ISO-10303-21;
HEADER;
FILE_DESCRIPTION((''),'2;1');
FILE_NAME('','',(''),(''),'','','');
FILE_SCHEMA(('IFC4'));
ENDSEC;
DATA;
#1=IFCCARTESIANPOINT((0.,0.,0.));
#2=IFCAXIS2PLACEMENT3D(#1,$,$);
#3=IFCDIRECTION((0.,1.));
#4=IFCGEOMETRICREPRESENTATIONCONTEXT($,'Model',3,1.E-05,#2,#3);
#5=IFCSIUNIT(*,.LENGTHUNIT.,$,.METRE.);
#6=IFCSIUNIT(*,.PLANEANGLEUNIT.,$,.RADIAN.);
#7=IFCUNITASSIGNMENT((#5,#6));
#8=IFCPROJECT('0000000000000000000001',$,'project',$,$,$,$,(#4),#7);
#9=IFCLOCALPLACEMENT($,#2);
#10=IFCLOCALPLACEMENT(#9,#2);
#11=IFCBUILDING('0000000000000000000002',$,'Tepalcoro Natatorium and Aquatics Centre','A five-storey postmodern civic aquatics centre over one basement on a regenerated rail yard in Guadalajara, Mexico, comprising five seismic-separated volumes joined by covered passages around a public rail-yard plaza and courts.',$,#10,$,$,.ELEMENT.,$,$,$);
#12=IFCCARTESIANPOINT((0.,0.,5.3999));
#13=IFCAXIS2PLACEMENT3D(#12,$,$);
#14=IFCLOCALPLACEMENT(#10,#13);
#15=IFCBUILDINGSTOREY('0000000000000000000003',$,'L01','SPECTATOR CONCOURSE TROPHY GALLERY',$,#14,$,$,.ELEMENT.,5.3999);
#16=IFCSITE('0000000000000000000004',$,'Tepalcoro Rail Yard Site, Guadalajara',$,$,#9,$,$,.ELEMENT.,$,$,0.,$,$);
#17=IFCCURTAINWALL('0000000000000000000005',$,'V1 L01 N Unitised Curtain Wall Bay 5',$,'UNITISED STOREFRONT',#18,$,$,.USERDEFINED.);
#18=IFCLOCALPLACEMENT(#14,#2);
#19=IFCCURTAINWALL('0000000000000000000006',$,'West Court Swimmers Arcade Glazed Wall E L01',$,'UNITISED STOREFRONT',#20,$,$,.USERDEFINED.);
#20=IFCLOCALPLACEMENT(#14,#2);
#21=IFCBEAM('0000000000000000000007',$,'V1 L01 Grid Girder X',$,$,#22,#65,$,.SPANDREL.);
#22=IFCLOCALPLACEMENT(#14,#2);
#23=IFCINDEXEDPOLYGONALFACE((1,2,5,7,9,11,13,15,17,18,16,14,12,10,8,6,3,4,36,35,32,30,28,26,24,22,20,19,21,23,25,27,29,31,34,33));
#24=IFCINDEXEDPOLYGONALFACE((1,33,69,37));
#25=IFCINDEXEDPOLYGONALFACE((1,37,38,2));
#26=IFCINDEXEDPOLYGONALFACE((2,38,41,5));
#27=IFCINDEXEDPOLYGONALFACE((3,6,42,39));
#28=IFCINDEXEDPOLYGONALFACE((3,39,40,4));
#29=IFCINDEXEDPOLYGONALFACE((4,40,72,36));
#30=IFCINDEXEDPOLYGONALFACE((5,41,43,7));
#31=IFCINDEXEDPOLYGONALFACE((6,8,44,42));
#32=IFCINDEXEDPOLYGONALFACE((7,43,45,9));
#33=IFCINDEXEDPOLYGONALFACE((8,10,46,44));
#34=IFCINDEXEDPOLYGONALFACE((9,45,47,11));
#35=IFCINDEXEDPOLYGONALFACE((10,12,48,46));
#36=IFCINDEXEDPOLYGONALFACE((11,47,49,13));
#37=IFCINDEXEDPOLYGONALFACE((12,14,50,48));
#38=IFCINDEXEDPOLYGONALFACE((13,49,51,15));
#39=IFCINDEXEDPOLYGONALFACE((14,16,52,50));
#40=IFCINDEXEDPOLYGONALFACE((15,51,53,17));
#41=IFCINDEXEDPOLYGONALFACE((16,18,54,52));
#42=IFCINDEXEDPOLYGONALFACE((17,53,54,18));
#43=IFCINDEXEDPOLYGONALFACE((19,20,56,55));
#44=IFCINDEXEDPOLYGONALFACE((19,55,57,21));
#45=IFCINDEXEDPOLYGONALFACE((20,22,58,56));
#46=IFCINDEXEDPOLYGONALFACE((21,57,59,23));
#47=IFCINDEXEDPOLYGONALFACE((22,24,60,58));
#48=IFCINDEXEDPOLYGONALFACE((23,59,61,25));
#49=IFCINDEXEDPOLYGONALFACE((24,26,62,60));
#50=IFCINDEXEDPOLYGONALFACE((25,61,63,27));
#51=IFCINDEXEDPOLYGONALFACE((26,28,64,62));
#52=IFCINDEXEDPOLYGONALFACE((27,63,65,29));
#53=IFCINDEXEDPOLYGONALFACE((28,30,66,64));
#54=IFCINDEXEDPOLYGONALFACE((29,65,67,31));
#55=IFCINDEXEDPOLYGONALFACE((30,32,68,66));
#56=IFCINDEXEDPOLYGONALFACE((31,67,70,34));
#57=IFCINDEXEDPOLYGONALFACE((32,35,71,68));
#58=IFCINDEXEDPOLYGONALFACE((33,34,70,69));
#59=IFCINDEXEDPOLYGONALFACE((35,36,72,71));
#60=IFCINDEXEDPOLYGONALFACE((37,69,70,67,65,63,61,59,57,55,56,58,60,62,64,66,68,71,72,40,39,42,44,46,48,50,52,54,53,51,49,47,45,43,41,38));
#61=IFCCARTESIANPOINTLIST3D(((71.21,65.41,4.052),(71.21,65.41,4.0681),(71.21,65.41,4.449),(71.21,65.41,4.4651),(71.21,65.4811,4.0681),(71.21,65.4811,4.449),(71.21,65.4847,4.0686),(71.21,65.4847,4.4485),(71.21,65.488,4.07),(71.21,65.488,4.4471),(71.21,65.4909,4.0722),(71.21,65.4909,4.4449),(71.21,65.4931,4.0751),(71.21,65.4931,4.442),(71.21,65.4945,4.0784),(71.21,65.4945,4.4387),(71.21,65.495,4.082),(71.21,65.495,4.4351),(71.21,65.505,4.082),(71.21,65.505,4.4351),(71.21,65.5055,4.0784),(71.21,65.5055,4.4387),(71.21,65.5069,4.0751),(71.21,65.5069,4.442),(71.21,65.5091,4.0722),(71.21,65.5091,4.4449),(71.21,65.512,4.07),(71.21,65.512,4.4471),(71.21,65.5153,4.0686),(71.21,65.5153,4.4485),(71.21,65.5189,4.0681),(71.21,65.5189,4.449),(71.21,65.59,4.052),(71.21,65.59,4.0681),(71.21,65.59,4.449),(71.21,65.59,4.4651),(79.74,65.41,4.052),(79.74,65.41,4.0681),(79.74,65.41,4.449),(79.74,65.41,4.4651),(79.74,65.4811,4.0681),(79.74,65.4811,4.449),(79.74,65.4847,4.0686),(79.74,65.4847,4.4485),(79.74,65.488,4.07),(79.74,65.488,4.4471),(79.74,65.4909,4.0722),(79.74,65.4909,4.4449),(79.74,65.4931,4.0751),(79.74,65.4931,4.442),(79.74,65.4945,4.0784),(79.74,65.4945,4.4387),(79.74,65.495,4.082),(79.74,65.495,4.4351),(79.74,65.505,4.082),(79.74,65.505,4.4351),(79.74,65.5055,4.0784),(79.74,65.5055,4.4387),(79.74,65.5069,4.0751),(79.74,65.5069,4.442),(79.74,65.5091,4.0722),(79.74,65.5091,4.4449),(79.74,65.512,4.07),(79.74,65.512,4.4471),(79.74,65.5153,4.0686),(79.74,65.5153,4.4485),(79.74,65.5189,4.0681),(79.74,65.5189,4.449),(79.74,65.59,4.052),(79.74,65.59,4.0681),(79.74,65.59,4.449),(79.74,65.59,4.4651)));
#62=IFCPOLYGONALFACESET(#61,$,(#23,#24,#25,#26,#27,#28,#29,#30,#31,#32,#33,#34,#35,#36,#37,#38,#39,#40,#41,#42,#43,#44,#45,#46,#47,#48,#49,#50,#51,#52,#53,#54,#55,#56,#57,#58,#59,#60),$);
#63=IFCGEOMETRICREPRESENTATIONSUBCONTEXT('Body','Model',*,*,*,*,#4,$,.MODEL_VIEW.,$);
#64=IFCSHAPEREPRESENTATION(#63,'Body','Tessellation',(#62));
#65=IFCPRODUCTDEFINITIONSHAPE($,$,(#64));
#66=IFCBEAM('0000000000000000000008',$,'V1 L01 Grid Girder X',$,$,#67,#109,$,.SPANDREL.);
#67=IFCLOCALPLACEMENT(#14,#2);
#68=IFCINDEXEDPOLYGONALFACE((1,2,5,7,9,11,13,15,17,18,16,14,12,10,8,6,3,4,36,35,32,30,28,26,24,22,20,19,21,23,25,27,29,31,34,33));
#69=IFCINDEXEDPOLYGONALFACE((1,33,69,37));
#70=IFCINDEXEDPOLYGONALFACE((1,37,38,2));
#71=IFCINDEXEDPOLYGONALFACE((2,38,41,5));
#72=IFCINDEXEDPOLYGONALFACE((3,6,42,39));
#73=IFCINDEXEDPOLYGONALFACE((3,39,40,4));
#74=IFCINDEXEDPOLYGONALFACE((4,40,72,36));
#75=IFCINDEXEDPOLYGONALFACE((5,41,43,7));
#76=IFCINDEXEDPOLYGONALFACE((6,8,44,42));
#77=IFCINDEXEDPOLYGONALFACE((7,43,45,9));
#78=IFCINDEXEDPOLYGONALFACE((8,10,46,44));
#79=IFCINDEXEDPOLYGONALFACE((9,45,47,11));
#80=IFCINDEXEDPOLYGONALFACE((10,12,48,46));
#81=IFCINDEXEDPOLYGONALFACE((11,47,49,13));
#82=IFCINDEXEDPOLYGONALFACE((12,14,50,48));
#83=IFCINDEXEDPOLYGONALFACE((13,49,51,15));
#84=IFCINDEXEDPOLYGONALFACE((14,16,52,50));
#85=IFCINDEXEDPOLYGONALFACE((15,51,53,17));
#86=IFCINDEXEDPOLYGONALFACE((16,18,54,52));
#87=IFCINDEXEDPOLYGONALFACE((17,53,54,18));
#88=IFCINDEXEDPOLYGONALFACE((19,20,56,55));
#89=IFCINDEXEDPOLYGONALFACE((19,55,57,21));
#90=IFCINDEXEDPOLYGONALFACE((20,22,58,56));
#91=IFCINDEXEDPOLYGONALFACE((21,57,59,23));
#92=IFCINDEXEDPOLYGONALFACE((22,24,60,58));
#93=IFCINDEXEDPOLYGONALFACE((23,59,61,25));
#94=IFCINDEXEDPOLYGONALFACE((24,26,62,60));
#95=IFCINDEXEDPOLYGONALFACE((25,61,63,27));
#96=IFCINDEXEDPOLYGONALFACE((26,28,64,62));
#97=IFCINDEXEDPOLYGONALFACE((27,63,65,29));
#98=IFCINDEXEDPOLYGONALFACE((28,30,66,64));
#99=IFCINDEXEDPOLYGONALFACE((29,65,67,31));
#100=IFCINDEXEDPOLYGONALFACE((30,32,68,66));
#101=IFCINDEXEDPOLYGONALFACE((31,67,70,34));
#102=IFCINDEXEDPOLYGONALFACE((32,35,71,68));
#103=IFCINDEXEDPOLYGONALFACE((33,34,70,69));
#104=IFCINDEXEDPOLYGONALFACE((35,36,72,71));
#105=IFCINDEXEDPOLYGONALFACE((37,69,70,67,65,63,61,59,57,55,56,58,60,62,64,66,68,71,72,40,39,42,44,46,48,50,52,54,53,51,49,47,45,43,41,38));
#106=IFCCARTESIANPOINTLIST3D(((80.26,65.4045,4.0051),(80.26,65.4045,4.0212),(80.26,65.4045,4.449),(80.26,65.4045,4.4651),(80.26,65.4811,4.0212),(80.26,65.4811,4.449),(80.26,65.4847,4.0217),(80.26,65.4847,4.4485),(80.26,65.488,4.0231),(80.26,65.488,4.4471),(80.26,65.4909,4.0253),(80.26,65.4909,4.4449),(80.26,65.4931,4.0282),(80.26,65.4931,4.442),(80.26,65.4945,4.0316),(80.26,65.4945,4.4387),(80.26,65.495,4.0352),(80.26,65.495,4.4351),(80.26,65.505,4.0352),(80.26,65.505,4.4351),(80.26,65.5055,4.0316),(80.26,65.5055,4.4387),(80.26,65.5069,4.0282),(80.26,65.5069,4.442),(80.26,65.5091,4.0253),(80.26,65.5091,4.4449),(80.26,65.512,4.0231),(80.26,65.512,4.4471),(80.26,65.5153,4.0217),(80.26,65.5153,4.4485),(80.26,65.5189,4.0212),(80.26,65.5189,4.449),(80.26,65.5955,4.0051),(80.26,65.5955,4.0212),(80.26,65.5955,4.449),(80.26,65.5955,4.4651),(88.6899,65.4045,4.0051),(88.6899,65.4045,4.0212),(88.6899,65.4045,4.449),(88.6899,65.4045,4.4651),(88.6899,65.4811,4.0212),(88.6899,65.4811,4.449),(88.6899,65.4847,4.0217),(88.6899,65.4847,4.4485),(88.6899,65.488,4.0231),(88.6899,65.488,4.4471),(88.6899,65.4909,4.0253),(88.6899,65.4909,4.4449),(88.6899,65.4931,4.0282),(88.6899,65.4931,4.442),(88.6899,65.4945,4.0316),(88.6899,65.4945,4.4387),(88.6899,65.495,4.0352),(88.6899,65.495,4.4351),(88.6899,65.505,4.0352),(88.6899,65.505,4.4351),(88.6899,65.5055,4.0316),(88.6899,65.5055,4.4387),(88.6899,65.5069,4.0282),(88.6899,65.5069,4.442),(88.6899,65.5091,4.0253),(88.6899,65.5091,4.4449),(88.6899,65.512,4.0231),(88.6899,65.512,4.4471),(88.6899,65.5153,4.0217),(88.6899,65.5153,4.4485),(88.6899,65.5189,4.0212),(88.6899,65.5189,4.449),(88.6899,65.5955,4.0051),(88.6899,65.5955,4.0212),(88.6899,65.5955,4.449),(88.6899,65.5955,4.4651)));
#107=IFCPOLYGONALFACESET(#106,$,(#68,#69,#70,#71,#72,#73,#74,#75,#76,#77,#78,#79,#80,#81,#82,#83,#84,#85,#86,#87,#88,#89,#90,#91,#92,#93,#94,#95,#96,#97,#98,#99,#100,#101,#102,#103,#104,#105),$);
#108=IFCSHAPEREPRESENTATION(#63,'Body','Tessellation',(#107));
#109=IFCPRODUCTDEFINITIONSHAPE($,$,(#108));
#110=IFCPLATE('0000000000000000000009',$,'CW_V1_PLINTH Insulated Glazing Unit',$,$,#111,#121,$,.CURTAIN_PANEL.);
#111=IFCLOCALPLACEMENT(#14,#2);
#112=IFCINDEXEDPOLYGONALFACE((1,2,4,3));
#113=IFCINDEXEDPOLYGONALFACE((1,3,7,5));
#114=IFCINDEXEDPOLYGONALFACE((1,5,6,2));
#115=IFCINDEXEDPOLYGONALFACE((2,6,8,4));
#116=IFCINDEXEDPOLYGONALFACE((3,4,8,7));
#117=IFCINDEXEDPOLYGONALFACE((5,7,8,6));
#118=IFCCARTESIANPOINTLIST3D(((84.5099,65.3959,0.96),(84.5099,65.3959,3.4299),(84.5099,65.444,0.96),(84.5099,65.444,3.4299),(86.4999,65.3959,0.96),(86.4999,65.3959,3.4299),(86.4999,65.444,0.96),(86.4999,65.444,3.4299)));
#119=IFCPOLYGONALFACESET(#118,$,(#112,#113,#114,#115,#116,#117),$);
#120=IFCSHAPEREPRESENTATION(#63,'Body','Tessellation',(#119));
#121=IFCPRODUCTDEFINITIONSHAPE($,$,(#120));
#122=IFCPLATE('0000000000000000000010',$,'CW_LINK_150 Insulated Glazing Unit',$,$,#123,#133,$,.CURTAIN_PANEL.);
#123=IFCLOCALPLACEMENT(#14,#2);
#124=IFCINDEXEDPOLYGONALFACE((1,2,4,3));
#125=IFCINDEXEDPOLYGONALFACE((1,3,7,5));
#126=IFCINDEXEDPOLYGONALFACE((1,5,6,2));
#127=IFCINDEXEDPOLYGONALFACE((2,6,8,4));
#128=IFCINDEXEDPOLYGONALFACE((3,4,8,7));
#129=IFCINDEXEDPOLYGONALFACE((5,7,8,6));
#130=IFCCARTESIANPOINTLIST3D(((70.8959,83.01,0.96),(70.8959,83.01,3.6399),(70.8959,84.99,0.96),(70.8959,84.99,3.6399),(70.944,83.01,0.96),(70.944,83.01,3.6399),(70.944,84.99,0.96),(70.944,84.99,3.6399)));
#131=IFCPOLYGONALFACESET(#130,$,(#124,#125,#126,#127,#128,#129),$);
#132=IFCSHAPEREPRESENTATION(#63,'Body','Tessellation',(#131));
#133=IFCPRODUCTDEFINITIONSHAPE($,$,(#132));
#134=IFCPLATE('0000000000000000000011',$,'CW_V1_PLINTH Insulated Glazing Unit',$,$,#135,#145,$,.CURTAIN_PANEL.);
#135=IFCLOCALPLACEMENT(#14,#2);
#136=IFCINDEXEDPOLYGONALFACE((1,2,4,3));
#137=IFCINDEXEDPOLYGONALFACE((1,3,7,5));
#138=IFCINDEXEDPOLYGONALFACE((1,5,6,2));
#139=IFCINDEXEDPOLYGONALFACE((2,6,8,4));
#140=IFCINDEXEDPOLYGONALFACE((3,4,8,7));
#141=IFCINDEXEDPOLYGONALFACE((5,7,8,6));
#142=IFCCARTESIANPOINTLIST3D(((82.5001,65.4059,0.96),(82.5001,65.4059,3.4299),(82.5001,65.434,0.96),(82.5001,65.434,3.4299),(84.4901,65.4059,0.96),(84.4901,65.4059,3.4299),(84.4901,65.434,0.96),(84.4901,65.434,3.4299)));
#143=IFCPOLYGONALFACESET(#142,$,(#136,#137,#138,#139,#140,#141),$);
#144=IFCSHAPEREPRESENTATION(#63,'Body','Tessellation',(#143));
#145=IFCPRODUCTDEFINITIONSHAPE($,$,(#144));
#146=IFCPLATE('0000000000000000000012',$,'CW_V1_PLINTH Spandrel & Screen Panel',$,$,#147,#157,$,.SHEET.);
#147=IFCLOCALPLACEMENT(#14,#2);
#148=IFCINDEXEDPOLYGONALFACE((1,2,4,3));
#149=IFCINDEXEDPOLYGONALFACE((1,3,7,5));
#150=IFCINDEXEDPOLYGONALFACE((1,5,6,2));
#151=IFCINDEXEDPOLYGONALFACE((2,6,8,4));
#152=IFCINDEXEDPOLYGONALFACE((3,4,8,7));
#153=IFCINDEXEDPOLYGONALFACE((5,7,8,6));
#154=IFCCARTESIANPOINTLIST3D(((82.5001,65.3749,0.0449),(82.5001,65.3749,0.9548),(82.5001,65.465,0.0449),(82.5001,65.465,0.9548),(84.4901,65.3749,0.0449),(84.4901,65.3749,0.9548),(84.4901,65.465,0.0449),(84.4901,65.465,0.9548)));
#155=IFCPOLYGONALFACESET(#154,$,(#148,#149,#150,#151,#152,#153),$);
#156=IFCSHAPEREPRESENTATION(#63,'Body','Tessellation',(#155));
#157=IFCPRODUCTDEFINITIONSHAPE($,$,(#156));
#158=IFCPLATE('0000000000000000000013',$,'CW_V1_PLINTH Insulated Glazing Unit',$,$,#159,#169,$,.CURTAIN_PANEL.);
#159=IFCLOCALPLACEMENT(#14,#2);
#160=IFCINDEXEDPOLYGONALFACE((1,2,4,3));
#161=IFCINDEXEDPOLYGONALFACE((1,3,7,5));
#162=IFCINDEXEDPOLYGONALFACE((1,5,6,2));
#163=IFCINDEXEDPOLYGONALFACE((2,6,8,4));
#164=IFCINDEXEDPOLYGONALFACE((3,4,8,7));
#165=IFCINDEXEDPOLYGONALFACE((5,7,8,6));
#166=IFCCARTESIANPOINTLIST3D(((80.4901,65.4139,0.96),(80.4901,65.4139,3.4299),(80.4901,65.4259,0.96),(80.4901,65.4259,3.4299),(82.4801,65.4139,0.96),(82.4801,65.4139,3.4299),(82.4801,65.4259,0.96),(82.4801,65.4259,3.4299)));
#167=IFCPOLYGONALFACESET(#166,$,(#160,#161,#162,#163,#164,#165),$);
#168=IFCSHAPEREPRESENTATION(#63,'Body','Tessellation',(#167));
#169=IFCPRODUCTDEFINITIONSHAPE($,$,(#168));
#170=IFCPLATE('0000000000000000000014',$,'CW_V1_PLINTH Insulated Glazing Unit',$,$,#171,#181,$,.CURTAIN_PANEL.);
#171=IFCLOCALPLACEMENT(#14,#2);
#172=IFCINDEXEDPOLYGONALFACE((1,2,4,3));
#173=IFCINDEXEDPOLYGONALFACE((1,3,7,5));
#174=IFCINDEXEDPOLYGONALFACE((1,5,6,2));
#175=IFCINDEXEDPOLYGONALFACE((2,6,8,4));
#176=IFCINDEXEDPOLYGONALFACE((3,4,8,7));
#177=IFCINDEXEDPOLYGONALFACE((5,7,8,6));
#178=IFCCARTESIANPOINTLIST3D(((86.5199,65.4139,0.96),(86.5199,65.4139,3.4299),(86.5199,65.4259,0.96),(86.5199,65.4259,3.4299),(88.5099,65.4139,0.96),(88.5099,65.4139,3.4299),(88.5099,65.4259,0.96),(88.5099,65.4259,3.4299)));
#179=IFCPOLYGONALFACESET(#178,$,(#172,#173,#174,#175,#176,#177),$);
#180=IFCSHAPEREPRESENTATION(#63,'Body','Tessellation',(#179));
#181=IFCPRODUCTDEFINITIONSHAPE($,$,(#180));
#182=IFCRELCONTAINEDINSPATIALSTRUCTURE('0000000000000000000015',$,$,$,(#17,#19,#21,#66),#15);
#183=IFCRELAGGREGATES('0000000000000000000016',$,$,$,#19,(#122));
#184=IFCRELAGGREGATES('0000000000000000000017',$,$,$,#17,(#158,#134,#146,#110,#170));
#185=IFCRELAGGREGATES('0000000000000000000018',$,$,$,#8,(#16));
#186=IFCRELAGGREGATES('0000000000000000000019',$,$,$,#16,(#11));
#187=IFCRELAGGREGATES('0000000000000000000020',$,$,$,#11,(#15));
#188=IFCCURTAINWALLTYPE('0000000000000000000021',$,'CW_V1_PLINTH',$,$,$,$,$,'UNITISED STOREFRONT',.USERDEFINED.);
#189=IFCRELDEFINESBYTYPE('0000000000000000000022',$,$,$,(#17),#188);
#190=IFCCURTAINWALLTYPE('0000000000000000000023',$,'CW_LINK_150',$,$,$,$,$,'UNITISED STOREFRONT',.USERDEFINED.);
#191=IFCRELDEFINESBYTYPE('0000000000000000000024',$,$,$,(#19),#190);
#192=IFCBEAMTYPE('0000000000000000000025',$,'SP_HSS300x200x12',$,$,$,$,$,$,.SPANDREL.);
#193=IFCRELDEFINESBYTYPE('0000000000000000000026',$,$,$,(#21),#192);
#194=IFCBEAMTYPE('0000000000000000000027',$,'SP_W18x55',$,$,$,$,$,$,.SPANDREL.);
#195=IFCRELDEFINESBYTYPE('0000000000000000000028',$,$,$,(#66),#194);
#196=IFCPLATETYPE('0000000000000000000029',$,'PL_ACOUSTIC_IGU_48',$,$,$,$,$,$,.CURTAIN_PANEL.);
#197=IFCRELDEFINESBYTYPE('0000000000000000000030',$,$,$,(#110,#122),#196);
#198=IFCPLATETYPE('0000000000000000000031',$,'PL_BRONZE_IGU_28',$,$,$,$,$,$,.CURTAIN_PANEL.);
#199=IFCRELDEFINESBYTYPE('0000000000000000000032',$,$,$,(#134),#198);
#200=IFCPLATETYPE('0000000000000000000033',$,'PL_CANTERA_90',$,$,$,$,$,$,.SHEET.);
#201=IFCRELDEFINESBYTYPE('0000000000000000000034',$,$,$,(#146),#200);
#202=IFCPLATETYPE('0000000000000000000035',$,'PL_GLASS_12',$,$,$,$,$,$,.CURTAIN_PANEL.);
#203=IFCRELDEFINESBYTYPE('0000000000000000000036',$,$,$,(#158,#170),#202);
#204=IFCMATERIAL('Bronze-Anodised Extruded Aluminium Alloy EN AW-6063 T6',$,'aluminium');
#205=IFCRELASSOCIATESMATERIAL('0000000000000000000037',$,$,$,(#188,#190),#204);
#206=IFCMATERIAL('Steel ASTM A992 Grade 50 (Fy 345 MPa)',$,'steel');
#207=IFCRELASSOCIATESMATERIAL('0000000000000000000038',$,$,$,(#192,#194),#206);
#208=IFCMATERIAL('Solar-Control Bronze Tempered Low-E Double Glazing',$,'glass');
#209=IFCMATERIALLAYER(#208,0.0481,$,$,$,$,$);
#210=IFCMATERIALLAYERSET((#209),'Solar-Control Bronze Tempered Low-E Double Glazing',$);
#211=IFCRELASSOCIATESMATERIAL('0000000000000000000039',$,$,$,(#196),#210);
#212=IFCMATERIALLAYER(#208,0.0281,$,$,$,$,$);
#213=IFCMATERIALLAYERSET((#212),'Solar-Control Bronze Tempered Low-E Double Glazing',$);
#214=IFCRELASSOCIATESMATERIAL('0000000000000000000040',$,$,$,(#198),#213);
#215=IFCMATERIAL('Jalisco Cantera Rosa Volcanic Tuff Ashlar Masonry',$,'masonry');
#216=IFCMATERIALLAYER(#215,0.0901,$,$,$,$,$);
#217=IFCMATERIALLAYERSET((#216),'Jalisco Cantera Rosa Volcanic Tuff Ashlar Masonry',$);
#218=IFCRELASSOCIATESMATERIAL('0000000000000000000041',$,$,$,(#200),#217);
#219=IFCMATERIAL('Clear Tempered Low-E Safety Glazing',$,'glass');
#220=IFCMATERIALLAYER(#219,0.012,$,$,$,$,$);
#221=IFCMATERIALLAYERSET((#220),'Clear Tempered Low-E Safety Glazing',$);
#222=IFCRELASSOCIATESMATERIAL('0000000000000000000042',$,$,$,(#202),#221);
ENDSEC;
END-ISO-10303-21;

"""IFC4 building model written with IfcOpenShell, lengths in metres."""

from ifc_helpers import new_model, si_unit, direction, frame, origin, origin_2d, place, context, subcontext, project, spatial, rectangle, i_section, extrude, material, layer, layer_set, material_profile, profile_set, type_object, element, aggregate, save


model = new_model("IFC4")

# Units and contexts
model_context = context("Model", 3, precision=1e-05, world=origin(), true_north=direction((0.0, 1.0)))
body_context = subcontext(model_context, "Body", "Model", "MODEL_VIEW")
ifc_project = project(units=[si_unit("LENGTHUNIT", "METRE"), si_unit("PLANEANGLEUNIT", "RADIAN")], contexts=[model_context])

# Site, building, storey
site_placement = place(None, origin())
site = spatial("IfcSite", under=ifc_project, at=site_placement, Name="Tepalcoro Rail Yard Site, Guadalajara", CompositionType="ELEMENT", RefElevation=0.0)
building_placement = place(site_placement, origin())
building = spatial("IfcBuilding", under=site, at=building_placement, Name="Tepalcoro Natatorium and Aquatics Centre", Description="A five-storey postmodern civic aquatics centre over one basement on a regenerated rail yard in Guadalajara, Mexico, comprising five seismic-separated volumes joined by covered passages around a public rail-yard plaza and courts.", CompositionType="ELEMENT")
storey_placement = place(building_placement, frame((0.0, 0.0, 5.3999)))
storey = spatial("IfcBuildingStorey", under=building, at=storey_placement, Name="L01", Description="SPECTATOR CONCOURSE TROPHY GALLERY", CompositionType="ELEMENT", Elevation=5.3999)

# Curtain wall
ifc_material_1 = material(Name="Bronze-Anodised Extruded Aluminium Alloy EN AW-6063 T6", Category="aluminium")
curtain_wall_type_1 = type_object("IfcCurtainWallType", Name="CW_V1_PLINTH", ElementType="UNITISED STOREFRONT", PredefinedType="USERDEFINED", material=ifc_material_1)
curtain_wall_1_placement = place(storey_placement, origin())
curtain_wall_1 = element("IfcCurtainWall", 1, at=curtain_wall_1_placement, inside=storey, type_object=curtain_wall_type_1, Name="V1 L01 N Unitised Curtain Wall Bay 5", ObjectType="UNITISED STOREFRONT", PredefinedType="USERDEFINED")

# Curtain wall
curtain_wall_type_2 = type_object("IfcCurtainWallType", Name="CW_LINK_150", ElementType="UNITISED STOREFRONT", PredefinedType="USERDEFINED", material=ifc_material_1)
curtain_wall_2_placement = place(storey_placement, origin())
curtain_wall_2 = element("IfcCurtainWall", 2, at=curtain_wall_2_placement, inside=storey, type_object=curtain_wall_type_2, Name="West Court Swimmers Arcade Glazed Wall E L01", ObjectType="UNITISED STOREFRONT", PredefinedType="USERDEFINED")

# Beams
ifc_material_2 = material(Name="Steel ASTM A992 Grade 50 (Fy 345 MPa)", Category="steel")
ifc_material_profile_1 = material_profile(ifc_material_2, i_section(OverallWidth=0.1799, OverallDepth=0.4131, WebThickness=0.01, FlangeThickness=0.0161, FilletRadius=0.0139, at=origin_2d()), Name="W16X50")
ifc_profile_set_1 = profile_set([ifc_material_profile_1], Name="Steel ASTM A992 Grade 50 (Fy 345 MPa)")
beam_type_1 = type_object("IfcBeamType", Name="SP_HSS300x200x12", PredefinedType="SPANDREL", material=ifc_profile_set_1)
beam_1_placement = place(storey_placement, frame((71.21, 65.5, 4.2585), z_axis=(1.0, 0.0, 0.0), x_axis=(0.0, 1.0, 0.0)))
element("IfcBeam", 3, at=beam_1_placement, inside=storey, type_object=beam_type_1, Name="V1 L01 Grid Girder X", PredefinedType="SPANDREL", context=body_context, shape_type="SweptSolid", body=[
    extrude(i_section(OverallWidth=0.1799, OverallDepth=0.4131, WebThickness=0.01, FlangeThickness=0.0161, FilletRadius=0.0139, at=origin_2d()), origin(), (0.0, 0.0, 1.0), 8.53),
])
ifc_material_profile_2 = material_profile(ifc_material_2, i_section(OverallWidth=0.1909, OverallDepth=0.46, WebThickness=0.01, FlangeThickness=0.0161, FilletRadius=0.0139, at=origin_2d()), Name="W18X55")
ifc_profile_set_2 = profile_set([ifc_material_profile_2], Name="Steel ASTM A992 Grade 50 (Fy 345 MPa)")
beam_type_2 = type_object("IfcBeamType", Name="SP_W18x55", PredefinedType="SPANDREL", material=ifc_profile_set_2)
beam_2_placement = place(storey_placement, frame((80.26, 65.5, 4.2351), z_axis=(1.0, 0.0, 0.0), x_axis=(0.0, 1.0, 0.0)))
element("IfcBeam", 4, at=beam_2_placement, inside=storey, type_object=beam_type_2, Name="V1 L01 Grid Girder X", PredefinedType="SPANDREL", context=body_context, shape_type="SweptSolid", body=[
    extrude(i_section(OverallWidth=0.1909, OverallDepth=0.46, WebThickness=0.01, FlangeThickness=0.0161, FilletRadius=0.0139, at=origin_2d()), origin(), (0.0, 0.0, 1.0), 8.4299),
])

# Plates
ifc_material_3 = material(Name="Solar-Control Bronze Tempered Low-E Double Glazing", Category="glass")
ifc_layer_1 = layer(ifc_material_3, 0.0481)
ifc_layer_set_1 = layer_set([ifc_layer_1], Name="Solar-Control Bronze Tempered Low-E Double Glazing")
plate_type_1 = type_object("IfcPlateType", Name="PL_ACOUSTIC_IGU_48", PredefinedType="CURTAIN_PANEL", material=ifc_layer_set_1)
plate_1_placement = place(storey_placement, frame((85.5049, 65.4199, 0.96), z_axis=(0.0, 0.0, 1.0), x_axis=(1.0, 0.0, 0.0)))
plate_1 = element("IfcPlate", 5, at=plate_1_placement, type_object=plate_type_1, Name="CW_V1_PLINTH Insulated Glazing Unit", PredefinedType="CURTAIN_PANEL", context=body_context, shape_type="SweptSolid", body=[
    extrude(rectangle(XDim=1.99, YDim=0.0481, at=origin_2d()), origin(), (0.0, 0.0, 1.0), 2.47),
])
plate_2_placement = place(storey_placement, frame((70.9199, 84.0, 0.96), z_axis=(0.0, 0.0, 1.0), x_axis=(1.0, 0.0, 0.0)))
plate_2 = element("IfcPlate", 6, at=plate_2_placement, type_object=plate_type_1, Name="CW_LINK_150 Insulated Glazing Unit", PredefinedType="CURTAIN_PANEL", context=body_context, shape_type="SweptSolid", body=[
    extrude(rectangle(XDim=0.0481, YDim=1.98, at=origin_2d()), origin(), (0.0, 0.0, 1.0), 2.6799),
])
ifc_layer_2 = layer(ifc_material_3, 0.0281)
ifc_layer_set_2 = layer_set([ifc_layer_2], Name="Solar-Control Bronze Tempered Low-E Double Glazing")
plate_type_2 = type_object("IfcPlateType", Name="PL_BRONZE_IGU_28", PredefinedType="CURTAIN_PANEL", material=ifc_layer_set_2)
plate_3_placement = place(storey_placement, frame((83.4951, 65.4199, 0.96), z_axis=(0.0, 0.0, 1.0), x_axis=(1.0, 0.0, 0.0)))
plate_3 = element("IfcPlate", 7, at=plate_3_placement, type_object=plate_type_2, Name="CW_V1_PLINTH Insulated Glazing Unit", PredefinedType="CURTAIN_PANEL", context=body_context, shape_type="SweptSolid", body=[
    extrude(rectangle(XDim=1.99, YDim=0.0281, at=origin_2d()), origin(), (0.0, 0.0, 1.0), 2.47),
])
ifc_material_4 = material(Name="Jalisco Cantera Rosa Volcanic Tuff Ashlar Masonry", Category="masonry")
ifc_layer_3 = layer(ifc_material_4, 0.0901)
ifc_layer_set_3 = layer_set([ifc_layer_3], Name="Jalisco Cantera Rosa Volcanic Tuff Ashlar Masonry")
plate_type_3 = type_object("IfcPlateType", Name="PL_CANTERA_90", PredefinedType="SHEET", material=ifc_layer_set_3)
plate_4_placement = place(storey_placement, frame((83.4951, 65.4199, 0.0449), z_axis=(0.0, 0.0, 1.0), x_axis=(1.0, 0.0, 0.0)))
plate_4 = element("IfcPlate", 8, at=plate_4_placement, type_object=plate_type_3, Name="CW_V1_PLINTH Spandrel & Screen Panel", PredefinedType="SHEET", context=body_context, shape_type="SweptSolid", body=[
    extrude(rectangle(XDim=1.99, YDim=0.0901, at=origin_2d()), origin(), (0.0, 0.0, 1.0), 0.9099),
])
ifc_material_5 = material(Name="Clear Tempered Low-E Safety Glazing", Category="glass")
ifc_layer_4 = layer(ifc_material_5, 0.012)
ifc_layer_set_4 = layer_set([ifc_layer_4], Name="Clear Tempered Low-E Safety Glazing")
plate_type_4 = type_object("IfcPlateType", Name="PL_GLASS_12", PredefinedType="CURTAIN_PANEL", material=ifc_layer_set_4)
plate_5_placement = place(storey_placement, frame((81.4851, 65.4199, 0.96), z_axis=(0.0, 0.0, 1.0), x_axis=(1.0, 0.0, 0.0)))
plate_5 = element("IfcPlate", 9, at=plate_5_placement, type_object=plate_type_4, Name="CW_V1_PLINTH Insulated Glazing Unit", PredefinedType="CURTAIN_PANEL", context=body_context, shape_type="SweptSolid", body=[
    extrude(rectangle(XDim=1.99, YDim=0.012, at=origin_2d()), origin(), (0.0, 0.0, 1.0), 2.47),
])
plate_6_placement = place(storey_placement, frame((87.5149, 65.4199, 0.96), z_axis=(0.0, 0.0, 1.0), x_axis=(1.0, 0.0, 0.0)))
plate_6 = element("IfcPlate", 10, at=plate_6_placement, type_object=plate_type_4, Name="CW_V1_PLINTH Insulated Glazing Unit", PredefinedType="CURTAIN_PANEL", context=body_context, shape_type="SweptSolid", body=[
    extrude(rectangle(XDim=1.99, YDim=0.012, at=origin_2d()), origin(), (0.0, 0.0, 1.0), 2.47),
])
aggregate(curtain_wall_2, [plate_2])
aggregate(curtain_wall_1, [plate_5, plate_3, plate_4, plate_1, plate_6])

save(model, "model.ifc")
